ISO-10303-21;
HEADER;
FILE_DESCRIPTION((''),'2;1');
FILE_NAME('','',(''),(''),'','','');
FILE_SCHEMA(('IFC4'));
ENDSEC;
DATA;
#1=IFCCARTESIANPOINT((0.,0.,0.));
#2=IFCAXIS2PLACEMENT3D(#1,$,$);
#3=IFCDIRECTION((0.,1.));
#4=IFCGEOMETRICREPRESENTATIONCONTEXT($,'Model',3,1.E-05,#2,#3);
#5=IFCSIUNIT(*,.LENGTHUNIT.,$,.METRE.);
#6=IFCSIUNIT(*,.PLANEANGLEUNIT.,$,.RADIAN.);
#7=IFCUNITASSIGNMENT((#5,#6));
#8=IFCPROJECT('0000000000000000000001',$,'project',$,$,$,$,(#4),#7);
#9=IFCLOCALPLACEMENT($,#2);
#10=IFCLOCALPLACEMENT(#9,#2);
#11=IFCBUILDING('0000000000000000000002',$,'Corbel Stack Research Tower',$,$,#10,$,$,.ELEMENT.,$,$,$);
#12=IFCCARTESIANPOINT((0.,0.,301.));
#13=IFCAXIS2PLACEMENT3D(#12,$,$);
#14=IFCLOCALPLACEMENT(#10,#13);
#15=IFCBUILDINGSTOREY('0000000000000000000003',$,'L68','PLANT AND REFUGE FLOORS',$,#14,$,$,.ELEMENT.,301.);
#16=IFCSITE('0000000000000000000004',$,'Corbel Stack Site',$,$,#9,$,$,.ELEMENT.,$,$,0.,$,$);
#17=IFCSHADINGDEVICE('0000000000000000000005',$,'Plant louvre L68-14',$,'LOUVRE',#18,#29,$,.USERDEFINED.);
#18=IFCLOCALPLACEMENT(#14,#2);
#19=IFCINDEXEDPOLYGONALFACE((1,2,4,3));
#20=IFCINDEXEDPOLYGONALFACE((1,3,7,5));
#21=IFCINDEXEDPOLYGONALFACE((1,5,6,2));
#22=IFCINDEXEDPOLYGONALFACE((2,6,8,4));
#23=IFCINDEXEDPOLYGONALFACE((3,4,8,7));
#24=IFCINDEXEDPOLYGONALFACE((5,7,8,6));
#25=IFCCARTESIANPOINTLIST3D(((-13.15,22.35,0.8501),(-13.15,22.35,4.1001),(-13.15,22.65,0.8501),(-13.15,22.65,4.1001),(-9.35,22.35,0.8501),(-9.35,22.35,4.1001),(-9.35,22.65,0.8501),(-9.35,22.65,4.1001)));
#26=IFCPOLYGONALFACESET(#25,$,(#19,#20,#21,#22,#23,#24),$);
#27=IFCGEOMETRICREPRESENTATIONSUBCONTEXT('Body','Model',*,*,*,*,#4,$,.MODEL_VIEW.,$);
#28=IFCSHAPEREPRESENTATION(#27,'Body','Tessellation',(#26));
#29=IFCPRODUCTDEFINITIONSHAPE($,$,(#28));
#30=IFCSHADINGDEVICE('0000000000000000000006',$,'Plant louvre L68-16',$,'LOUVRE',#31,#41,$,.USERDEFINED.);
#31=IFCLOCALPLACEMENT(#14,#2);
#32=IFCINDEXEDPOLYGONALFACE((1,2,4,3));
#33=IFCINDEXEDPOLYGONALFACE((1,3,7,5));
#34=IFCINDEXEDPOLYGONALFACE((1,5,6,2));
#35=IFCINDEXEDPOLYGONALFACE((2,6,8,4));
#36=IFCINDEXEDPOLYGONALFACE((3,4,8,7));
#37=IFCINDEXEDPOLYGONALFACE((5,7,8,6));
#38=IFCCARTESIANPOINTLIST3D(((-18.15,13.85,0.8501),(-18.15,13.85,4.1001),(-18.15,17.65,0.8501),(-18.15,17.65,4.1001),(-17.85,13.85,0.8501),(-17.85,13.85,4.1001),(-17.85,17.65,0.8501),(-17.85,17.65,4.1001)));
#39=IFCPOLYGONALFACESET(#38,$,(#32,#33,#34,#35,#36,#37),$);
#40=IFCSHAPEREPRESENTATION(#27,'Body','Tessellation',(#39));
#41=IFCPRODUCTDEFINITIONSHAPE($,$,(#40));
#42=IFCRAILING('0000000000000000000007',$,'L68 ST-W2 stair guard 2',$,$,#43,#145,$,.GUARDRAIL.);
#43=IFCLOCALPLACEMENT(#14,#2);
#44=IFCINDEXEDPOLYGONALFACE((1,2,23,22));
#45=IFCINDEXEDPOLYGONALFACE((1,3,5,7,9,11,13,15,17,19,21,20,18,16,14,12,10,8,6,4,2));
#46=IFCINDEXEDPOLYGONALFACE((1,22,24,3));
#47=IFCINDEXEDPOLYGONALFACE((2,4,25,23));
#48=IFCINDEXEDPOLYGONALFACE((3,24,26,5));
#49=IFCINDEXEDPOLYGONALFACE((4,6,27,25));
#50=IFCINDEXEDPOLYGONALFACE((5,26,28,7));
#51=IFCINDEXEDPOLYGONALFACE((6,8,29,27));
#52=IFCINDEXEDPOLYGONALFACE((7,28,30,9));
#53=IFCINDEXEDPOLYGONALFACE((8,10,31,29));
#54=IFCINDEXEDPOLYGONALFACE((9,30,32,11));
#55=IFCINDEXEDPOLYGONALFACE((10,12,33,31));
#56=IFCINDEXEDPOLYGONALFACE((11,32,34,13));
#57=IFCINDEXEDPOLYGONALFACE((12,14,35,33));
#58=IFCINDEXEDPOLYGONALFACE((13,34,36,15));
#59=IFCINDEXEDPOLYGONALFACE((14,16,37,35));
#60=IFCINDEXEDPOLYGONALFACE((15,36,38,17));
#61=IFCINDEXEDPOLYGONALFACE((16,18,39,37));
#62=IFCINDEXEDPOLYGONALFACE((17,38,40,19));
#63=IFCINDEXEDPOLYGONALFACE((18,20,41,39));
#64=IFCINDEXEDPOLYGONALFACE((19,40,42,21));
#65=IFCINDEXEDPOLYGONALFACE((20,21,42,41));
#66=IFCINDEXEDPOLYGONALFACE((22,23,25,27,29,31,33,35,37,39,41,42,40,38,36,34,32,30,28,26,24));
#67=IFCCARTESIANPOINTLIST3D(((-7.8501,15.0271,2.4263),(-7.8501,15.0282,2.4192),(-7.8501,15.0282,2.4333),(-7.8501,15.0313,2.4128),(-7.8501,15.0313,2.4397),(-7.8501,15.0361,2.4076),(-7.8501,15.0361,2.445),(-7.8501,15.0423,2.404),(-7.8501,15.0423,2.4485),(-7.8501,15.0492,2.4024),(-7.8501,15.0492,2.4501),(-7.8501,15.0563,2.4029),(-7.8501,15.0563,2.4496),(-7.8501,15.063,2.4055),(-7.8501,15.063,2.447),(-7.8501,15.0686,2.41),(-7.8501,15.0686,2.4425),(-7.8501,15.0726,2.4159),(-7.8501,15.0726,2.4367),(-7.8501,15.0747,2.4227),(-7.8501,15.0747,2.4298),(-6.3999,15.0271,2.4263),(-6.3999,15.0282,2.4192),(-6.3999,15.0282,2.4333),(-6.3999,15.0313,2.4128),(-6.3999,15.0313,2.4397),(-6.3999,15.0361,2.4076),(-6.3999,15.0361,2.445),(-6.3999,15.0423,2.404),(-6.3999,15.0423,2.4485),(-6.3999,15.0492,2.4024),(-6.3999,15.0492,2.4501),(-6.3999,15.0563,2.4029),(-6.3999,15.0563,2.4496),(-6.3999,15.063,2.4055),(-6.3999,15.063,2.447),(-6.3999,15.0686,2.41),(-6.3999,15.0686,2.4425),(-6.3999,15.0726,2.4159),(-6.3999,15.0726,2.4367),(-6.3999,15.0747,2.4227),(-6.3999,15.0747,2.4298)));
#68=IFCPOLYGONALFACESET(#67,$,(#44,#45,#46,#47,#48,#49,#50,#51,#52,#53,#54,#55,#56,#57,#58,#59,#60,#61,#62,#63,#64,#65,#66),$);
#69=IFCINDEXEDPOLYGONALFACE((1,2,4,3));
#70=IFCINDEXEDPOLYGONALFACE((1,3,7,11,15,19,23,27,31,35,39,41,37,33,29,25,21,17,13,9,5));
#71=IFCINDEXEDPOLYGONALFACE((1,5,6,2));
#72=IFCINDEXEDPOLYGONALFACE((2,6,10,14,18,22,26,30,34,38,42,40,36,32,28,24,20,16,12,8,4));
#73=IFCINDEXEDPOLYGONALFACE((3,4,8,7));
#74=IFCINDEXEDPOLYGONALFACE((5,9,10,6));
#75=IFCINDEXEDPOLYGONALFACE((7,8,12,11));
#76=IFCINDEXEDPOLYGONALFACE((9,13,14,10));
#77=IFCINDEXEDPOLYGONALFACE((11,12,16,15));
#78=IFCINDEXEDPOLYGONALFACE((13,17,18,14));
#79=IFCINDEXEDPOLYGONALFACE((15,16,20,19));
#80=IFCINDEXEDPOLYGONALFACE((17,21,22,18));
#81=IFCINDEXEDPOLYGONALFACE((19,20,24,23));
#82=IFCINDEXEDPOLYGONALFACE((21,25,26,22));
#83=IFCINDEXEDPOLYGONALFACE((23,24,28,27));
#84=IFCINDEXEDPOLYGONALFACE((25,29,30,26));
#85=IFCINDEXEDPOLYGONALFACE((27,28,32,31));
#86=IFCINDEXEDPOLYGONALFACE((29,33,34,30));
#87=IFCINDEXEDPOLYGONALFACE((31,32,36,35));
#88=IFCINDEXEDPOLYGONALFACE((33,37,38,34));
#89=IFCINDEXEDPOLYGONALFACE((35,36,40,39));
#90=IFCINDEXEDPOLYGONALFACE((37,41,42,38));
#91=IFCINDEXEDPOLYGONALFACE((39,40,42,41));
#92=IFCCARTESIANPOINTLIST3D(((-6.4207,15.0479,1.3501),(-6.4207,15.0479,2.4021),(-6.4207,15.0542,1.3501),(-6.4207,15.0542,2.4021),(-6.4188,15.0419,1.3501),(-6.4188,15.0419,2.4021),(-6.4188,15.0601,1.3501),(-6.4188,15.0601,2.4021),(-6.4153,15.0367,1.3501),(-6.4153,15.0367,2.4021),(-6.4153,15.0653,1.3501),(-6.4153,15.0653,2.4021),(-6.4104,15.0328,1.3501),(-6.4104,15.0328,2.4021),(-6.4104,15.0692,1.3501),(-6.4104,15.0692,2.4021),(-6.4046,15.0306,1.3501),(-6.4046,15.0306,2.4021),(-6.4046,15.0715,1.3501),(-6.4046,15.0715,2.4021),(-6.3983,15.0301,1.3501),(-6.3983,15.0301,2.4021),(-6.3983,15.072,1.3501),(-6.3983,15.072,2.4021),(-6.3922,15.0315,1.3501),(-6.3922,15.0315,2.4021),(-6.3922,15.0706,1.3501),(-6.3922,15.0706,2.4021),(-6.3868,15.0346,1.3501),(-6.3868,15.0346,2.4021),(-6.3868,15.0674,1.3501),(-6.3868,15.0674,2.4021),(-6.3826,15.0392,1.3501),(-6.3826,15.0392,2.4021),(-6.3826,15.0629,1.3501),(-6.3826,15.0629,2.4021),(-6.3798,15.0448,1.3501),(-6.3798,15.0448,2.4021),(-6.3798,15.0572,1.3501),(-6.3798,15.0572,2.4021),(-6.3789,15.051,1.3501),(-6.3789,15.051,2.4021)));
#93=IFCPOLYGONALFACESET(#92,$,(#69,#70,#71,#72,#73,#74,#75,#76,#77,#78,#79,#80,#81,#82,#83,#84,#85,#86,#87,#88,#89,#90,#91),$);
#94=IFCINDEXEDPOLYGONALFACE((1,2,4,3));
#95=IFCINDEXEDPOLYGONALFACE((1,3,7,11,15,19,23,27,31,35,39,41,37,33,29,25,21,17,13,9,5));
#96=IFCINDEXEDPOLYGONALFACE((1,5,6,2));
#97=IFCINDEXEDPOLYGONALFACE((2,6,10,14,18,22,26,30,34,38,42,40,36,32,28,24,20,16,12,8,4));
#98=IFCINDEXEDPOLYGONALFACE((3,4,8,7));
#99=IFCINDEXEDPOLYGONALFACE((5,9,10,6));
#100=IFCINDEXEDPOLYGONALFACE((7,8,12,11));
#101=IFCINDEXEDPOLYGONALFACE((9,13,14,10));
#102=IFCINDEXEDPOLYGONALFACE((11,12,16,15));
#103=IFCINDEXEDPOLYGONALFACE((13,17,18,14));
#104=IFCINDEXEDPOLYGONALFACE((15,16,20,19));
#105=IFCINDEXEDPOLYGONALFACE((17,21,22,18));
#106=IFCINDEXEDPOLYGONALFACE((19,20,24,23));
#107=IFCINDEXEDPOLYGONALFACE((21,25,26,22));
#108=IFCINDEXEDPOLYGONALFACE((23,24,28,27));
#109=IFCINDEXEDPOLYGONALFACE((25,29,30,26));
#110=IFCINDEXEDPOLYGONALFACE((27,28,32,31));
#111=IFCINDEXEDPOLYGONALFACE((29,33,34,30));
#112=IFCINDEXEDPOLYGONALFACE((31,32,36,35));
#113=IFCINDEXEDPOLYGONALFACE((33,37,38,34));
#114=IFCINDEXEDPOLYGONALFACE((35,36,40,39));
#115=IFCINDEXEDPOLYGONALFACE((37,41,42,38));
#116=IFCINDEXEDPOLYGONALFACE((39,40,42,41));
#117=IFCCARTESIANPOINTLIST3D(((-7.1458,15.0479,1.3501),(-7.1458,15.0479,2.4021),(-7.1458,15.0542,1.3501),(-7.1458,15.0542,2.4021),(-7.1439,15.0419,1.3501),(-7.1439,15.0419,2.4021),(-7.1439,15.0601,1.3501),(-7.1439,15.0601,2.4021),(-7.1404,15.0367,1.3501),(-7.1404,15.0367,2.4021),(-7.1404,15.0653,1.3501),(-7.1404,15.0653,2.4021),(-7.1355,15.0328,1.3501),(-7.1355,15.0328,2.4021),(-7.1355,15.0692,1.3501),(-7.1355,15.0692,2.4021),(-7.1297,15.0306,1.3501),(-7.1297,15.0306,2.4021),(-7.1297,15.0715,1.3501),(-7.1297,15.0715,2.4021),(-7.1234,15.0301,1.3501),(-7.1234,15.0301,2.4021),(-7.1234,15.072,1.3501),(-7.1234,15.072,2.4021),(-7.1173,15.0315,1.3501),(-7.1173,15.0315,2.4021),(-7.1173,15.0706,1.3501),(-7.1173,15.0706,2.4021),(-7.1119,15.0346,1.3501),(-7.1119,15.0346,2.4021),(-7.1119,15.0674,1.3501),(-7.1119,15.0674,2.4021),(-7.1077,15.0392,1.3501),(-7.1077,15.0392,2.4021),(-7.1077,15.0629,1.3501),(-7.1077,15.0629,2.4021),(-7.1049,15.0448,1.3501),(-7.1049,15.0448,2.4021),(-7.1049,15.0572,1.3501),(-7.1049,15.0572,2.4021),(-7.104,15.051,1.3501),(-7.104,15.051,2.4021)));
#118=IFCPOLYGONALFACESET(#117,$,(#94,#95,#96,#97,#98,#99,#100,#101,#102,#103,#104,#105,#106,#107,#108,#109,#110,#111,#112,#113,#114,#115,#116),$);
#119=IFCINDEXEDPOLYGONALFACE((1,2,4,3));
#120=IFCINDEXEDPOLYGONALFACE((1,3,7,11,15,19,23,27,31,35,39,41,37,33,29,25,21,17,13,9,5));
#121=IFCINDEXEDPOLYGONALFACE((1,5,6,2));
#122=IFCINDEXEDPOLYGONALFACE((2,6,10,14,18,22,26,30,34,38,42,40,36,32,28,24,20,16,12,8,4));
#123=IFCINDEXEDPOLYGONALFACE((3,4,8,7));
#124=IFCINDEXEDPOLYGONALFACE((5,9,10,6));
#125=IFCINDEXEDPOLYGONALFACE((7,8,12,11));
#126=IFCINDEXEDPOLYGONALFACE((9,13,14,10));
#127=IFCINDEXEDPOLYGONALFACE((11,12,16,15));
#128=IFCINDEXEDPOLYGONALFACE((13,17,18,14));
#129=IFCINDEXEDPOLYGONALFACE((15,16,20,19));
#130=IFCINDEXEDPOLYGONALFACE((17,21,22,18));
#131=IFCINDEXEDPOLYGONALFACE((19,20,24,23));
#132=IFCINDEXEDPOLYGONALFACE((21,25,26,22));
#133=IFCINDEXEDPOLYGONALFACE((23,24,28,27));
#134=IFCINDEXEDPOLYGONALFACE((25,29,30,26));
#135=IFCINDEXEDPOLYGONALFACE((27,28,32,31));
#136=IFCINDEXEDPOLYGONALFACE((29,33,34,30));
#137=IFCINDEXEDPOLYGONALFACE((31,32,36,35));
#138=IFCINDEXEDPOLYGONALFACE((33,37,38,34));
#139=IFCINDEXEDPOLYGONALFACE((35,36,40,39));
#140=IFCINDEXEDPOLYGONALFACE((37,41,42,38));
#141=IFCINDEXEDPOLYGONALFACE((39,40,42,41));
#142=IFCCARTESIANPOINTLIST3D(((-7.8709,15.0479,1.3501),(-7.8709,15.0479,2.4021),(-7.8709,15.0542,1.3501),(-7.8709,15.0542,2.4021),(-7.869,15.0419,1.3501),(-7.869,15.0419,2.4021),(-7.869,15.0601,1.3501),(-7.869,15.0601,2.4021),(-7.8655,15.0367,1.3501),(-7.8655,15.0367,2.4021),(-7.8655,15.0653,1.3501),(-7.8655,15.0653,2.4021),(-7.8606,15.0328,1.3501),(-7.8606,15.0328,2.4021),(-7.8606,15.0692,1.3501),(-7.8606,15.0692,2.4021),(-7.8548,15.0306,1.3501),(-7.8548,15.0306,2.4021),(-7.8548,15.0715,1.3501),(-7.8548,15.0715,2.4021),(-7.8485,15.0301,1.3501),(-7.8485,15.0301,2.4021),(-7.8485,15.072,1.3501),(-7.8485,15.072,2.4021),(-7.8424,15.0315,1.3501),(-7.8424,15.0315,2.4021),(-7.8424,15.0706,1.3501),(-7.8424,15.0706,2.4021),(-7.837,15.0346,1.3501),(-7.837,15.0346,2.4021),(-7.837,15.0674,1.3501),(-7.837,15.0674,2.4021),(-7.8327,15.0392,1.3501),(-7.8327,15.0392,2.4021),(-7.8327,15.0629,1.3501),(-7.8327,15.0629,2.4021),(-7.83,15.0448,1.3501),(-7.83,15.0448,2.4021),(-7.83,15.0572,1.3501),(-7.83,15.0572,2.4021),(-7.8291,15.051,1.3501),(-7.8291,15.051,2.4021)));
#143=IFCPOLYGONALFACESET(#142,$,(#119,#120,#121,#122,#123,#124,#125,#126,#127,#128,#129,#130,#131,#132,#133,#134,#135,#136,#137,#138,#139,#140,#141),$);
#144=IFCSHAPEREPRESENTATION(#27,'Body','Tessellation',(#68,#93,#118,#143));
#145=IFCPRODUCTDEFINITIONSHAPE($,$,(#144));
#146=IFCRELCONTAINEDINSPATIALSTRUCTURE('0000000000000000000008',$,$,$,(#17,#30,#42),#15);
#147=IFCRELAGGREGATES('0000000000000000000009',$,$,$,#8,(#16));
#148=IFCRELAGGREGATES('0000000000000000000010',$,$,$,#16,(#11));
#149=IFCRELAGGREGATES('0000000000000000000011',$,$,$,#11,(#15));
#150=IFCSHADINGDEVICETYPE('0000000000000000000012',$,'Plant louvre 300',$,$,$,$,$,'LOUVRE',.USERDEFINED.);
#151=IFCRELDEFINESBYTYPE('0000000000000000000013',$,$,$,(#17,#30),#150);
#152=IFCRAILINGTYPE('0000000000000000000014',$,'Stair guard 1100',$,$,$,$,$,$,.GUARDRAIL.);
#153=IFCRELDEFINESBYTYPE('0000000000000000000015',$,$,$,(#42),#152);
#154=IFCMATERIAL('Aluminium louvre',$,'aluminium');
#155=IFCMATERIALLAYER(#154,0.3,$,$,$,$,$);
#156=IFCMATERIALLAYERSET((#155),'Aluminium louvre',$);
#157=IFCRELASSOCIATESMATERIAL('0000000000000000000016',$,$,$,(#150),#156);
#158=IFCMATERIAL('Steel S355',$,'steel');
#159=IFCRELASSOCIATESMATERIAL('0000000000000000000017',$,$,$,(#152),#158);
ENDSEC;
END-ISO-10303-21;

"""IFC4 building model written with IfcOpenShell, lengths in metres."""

from ifc_helpers import new_model, si_unit, direction, frame, origin, origin_2d, place, context, subcontext, project, spatial, rectangle, circle, extrude, material, layer, layer_set, type_object, element, save


model = new_model("IFC4")

# Units and contexts
model_context = context("Model", 3, precision=1e-05, world=origin(), true_north=direction((0.0, 1.0)))
body_context = subcontext(model_context, "Body", "Model", "MODEL_VIEW")
ifc_project = project(units=[si_unit("LENGTHUNIT", "METRE"), si_unit("PLANEANGLEUNIT", "RADIAN")], contexts=[model_context])

# Site, building, storey
site_placement = place(None, origin())
site = spatial("IfcSite", under=ifc_project, at=site_placement, Name="Corbel Stack Site", CompositionType="ELEMENT", RefElevation=0.0)
building_placement = place(site_placement, origin())
building = spatial("IfcBuilding", under=site, at=building_placement, Name="Corbel Stack Research Tower", CompositionType="ELEMENT")
storey_placement = place(building_placement, frame((0.0, 0.0, 301.0)))
storey = spatial("IfcBuildingStorey", under=building, at=storey_placement, Name="L68", Description="PLANT AND REFUGE FLOORS", CompositionType="ELEMENT", Elevation=301.0)

# Shading devices
ifc_material_1 = material(Name="Aluminium louvre", Category="aluminium")
ifc_layer_1 = layer(ifc_material_1, 0.3)
ifc_layer_set_1 = layer_set([ifc_layer_1], Name="Aluminium louvre")
shading_device_type = type_object("IfcShadingDeviceType", Name="Plant louvre 300", ElementType="LOUVRE", PredefinedType="USERDEFINED", material=ifc_layer_set_1)
for number, where, z_axis, x_axis, name in (
    (1, (-11.25, 22.5, 0.8501), (0.0, 0.0, 1.0), (-1.0, 0.0, 0.0), "Plant louvre L68-14"),
    (2, (-18.0, 15.75, 0.8501), (0.0, 0.0, 1.0), (0.0, -1.0, 0.0), "Plant louvre L68-16"),
):
    element("IfcShadingDevice", number, at=place(storey_placement, frame(where, z_axis=z_axis, x_axis=x_axis)), inside=storey, type_object=shading_device_type, Name=name, ObjectType="LOUVRE", PredefinedType="USERDEFINED", context=body_context, shape_type="SweptSolid", body=[
        extrude(rectangle(XDim=3.8, YDim=0.3, at=origin_2d()), origin(), (0.0, 0.0, 1.0), 3.25),
    ])

# Railing
ifc_material_2 = material(Name="Steel S355", Category="steel")
railing_type = type_object("IfcRailingType", Name="Stair guard 1100", PredefinedType="GUARDRAIL", material=ifc_material_2)
railing_1_placement = place(storey_placement, frame((-6.3999, 15.051, 1.3501)))
element("IfcRailing", 3, at=railing_1_placement, inside=storey, type_object=railing_type, Name="L68 ST-W2 stair guard 2", PredefinedType="GUARDRAIL", context=body_context, shape_type="SweptSolid", body=[
    extrude(circle(Radius=0.0239, at=origin_2d()), frame((0.0, 0.0, 1.0762), z_axis=(-1.0, 0.0, 0.0), x_axis=(0.0, -1.0, 0.0)), (0.0, 0.0, 1.0), 1.4502),
    extrude(circle(Radius=0.021, at=origin_2d()), origin(), (0.0, 0.0, 1.0), 1.052),
    extrude(circle(Radius=0.021, at=origin_2d()), frame((-0.7251, 0.0, 0.0)), (0.0, 0.0, 1.0), 1.052),
    extrude(circle(Radius=0.021, at=origin_2d()), frame((-1.4502, 0.0, 0.0)), (0.0, 0.0, 1.0), 1.052),
])

save(model, "model.ifc")
